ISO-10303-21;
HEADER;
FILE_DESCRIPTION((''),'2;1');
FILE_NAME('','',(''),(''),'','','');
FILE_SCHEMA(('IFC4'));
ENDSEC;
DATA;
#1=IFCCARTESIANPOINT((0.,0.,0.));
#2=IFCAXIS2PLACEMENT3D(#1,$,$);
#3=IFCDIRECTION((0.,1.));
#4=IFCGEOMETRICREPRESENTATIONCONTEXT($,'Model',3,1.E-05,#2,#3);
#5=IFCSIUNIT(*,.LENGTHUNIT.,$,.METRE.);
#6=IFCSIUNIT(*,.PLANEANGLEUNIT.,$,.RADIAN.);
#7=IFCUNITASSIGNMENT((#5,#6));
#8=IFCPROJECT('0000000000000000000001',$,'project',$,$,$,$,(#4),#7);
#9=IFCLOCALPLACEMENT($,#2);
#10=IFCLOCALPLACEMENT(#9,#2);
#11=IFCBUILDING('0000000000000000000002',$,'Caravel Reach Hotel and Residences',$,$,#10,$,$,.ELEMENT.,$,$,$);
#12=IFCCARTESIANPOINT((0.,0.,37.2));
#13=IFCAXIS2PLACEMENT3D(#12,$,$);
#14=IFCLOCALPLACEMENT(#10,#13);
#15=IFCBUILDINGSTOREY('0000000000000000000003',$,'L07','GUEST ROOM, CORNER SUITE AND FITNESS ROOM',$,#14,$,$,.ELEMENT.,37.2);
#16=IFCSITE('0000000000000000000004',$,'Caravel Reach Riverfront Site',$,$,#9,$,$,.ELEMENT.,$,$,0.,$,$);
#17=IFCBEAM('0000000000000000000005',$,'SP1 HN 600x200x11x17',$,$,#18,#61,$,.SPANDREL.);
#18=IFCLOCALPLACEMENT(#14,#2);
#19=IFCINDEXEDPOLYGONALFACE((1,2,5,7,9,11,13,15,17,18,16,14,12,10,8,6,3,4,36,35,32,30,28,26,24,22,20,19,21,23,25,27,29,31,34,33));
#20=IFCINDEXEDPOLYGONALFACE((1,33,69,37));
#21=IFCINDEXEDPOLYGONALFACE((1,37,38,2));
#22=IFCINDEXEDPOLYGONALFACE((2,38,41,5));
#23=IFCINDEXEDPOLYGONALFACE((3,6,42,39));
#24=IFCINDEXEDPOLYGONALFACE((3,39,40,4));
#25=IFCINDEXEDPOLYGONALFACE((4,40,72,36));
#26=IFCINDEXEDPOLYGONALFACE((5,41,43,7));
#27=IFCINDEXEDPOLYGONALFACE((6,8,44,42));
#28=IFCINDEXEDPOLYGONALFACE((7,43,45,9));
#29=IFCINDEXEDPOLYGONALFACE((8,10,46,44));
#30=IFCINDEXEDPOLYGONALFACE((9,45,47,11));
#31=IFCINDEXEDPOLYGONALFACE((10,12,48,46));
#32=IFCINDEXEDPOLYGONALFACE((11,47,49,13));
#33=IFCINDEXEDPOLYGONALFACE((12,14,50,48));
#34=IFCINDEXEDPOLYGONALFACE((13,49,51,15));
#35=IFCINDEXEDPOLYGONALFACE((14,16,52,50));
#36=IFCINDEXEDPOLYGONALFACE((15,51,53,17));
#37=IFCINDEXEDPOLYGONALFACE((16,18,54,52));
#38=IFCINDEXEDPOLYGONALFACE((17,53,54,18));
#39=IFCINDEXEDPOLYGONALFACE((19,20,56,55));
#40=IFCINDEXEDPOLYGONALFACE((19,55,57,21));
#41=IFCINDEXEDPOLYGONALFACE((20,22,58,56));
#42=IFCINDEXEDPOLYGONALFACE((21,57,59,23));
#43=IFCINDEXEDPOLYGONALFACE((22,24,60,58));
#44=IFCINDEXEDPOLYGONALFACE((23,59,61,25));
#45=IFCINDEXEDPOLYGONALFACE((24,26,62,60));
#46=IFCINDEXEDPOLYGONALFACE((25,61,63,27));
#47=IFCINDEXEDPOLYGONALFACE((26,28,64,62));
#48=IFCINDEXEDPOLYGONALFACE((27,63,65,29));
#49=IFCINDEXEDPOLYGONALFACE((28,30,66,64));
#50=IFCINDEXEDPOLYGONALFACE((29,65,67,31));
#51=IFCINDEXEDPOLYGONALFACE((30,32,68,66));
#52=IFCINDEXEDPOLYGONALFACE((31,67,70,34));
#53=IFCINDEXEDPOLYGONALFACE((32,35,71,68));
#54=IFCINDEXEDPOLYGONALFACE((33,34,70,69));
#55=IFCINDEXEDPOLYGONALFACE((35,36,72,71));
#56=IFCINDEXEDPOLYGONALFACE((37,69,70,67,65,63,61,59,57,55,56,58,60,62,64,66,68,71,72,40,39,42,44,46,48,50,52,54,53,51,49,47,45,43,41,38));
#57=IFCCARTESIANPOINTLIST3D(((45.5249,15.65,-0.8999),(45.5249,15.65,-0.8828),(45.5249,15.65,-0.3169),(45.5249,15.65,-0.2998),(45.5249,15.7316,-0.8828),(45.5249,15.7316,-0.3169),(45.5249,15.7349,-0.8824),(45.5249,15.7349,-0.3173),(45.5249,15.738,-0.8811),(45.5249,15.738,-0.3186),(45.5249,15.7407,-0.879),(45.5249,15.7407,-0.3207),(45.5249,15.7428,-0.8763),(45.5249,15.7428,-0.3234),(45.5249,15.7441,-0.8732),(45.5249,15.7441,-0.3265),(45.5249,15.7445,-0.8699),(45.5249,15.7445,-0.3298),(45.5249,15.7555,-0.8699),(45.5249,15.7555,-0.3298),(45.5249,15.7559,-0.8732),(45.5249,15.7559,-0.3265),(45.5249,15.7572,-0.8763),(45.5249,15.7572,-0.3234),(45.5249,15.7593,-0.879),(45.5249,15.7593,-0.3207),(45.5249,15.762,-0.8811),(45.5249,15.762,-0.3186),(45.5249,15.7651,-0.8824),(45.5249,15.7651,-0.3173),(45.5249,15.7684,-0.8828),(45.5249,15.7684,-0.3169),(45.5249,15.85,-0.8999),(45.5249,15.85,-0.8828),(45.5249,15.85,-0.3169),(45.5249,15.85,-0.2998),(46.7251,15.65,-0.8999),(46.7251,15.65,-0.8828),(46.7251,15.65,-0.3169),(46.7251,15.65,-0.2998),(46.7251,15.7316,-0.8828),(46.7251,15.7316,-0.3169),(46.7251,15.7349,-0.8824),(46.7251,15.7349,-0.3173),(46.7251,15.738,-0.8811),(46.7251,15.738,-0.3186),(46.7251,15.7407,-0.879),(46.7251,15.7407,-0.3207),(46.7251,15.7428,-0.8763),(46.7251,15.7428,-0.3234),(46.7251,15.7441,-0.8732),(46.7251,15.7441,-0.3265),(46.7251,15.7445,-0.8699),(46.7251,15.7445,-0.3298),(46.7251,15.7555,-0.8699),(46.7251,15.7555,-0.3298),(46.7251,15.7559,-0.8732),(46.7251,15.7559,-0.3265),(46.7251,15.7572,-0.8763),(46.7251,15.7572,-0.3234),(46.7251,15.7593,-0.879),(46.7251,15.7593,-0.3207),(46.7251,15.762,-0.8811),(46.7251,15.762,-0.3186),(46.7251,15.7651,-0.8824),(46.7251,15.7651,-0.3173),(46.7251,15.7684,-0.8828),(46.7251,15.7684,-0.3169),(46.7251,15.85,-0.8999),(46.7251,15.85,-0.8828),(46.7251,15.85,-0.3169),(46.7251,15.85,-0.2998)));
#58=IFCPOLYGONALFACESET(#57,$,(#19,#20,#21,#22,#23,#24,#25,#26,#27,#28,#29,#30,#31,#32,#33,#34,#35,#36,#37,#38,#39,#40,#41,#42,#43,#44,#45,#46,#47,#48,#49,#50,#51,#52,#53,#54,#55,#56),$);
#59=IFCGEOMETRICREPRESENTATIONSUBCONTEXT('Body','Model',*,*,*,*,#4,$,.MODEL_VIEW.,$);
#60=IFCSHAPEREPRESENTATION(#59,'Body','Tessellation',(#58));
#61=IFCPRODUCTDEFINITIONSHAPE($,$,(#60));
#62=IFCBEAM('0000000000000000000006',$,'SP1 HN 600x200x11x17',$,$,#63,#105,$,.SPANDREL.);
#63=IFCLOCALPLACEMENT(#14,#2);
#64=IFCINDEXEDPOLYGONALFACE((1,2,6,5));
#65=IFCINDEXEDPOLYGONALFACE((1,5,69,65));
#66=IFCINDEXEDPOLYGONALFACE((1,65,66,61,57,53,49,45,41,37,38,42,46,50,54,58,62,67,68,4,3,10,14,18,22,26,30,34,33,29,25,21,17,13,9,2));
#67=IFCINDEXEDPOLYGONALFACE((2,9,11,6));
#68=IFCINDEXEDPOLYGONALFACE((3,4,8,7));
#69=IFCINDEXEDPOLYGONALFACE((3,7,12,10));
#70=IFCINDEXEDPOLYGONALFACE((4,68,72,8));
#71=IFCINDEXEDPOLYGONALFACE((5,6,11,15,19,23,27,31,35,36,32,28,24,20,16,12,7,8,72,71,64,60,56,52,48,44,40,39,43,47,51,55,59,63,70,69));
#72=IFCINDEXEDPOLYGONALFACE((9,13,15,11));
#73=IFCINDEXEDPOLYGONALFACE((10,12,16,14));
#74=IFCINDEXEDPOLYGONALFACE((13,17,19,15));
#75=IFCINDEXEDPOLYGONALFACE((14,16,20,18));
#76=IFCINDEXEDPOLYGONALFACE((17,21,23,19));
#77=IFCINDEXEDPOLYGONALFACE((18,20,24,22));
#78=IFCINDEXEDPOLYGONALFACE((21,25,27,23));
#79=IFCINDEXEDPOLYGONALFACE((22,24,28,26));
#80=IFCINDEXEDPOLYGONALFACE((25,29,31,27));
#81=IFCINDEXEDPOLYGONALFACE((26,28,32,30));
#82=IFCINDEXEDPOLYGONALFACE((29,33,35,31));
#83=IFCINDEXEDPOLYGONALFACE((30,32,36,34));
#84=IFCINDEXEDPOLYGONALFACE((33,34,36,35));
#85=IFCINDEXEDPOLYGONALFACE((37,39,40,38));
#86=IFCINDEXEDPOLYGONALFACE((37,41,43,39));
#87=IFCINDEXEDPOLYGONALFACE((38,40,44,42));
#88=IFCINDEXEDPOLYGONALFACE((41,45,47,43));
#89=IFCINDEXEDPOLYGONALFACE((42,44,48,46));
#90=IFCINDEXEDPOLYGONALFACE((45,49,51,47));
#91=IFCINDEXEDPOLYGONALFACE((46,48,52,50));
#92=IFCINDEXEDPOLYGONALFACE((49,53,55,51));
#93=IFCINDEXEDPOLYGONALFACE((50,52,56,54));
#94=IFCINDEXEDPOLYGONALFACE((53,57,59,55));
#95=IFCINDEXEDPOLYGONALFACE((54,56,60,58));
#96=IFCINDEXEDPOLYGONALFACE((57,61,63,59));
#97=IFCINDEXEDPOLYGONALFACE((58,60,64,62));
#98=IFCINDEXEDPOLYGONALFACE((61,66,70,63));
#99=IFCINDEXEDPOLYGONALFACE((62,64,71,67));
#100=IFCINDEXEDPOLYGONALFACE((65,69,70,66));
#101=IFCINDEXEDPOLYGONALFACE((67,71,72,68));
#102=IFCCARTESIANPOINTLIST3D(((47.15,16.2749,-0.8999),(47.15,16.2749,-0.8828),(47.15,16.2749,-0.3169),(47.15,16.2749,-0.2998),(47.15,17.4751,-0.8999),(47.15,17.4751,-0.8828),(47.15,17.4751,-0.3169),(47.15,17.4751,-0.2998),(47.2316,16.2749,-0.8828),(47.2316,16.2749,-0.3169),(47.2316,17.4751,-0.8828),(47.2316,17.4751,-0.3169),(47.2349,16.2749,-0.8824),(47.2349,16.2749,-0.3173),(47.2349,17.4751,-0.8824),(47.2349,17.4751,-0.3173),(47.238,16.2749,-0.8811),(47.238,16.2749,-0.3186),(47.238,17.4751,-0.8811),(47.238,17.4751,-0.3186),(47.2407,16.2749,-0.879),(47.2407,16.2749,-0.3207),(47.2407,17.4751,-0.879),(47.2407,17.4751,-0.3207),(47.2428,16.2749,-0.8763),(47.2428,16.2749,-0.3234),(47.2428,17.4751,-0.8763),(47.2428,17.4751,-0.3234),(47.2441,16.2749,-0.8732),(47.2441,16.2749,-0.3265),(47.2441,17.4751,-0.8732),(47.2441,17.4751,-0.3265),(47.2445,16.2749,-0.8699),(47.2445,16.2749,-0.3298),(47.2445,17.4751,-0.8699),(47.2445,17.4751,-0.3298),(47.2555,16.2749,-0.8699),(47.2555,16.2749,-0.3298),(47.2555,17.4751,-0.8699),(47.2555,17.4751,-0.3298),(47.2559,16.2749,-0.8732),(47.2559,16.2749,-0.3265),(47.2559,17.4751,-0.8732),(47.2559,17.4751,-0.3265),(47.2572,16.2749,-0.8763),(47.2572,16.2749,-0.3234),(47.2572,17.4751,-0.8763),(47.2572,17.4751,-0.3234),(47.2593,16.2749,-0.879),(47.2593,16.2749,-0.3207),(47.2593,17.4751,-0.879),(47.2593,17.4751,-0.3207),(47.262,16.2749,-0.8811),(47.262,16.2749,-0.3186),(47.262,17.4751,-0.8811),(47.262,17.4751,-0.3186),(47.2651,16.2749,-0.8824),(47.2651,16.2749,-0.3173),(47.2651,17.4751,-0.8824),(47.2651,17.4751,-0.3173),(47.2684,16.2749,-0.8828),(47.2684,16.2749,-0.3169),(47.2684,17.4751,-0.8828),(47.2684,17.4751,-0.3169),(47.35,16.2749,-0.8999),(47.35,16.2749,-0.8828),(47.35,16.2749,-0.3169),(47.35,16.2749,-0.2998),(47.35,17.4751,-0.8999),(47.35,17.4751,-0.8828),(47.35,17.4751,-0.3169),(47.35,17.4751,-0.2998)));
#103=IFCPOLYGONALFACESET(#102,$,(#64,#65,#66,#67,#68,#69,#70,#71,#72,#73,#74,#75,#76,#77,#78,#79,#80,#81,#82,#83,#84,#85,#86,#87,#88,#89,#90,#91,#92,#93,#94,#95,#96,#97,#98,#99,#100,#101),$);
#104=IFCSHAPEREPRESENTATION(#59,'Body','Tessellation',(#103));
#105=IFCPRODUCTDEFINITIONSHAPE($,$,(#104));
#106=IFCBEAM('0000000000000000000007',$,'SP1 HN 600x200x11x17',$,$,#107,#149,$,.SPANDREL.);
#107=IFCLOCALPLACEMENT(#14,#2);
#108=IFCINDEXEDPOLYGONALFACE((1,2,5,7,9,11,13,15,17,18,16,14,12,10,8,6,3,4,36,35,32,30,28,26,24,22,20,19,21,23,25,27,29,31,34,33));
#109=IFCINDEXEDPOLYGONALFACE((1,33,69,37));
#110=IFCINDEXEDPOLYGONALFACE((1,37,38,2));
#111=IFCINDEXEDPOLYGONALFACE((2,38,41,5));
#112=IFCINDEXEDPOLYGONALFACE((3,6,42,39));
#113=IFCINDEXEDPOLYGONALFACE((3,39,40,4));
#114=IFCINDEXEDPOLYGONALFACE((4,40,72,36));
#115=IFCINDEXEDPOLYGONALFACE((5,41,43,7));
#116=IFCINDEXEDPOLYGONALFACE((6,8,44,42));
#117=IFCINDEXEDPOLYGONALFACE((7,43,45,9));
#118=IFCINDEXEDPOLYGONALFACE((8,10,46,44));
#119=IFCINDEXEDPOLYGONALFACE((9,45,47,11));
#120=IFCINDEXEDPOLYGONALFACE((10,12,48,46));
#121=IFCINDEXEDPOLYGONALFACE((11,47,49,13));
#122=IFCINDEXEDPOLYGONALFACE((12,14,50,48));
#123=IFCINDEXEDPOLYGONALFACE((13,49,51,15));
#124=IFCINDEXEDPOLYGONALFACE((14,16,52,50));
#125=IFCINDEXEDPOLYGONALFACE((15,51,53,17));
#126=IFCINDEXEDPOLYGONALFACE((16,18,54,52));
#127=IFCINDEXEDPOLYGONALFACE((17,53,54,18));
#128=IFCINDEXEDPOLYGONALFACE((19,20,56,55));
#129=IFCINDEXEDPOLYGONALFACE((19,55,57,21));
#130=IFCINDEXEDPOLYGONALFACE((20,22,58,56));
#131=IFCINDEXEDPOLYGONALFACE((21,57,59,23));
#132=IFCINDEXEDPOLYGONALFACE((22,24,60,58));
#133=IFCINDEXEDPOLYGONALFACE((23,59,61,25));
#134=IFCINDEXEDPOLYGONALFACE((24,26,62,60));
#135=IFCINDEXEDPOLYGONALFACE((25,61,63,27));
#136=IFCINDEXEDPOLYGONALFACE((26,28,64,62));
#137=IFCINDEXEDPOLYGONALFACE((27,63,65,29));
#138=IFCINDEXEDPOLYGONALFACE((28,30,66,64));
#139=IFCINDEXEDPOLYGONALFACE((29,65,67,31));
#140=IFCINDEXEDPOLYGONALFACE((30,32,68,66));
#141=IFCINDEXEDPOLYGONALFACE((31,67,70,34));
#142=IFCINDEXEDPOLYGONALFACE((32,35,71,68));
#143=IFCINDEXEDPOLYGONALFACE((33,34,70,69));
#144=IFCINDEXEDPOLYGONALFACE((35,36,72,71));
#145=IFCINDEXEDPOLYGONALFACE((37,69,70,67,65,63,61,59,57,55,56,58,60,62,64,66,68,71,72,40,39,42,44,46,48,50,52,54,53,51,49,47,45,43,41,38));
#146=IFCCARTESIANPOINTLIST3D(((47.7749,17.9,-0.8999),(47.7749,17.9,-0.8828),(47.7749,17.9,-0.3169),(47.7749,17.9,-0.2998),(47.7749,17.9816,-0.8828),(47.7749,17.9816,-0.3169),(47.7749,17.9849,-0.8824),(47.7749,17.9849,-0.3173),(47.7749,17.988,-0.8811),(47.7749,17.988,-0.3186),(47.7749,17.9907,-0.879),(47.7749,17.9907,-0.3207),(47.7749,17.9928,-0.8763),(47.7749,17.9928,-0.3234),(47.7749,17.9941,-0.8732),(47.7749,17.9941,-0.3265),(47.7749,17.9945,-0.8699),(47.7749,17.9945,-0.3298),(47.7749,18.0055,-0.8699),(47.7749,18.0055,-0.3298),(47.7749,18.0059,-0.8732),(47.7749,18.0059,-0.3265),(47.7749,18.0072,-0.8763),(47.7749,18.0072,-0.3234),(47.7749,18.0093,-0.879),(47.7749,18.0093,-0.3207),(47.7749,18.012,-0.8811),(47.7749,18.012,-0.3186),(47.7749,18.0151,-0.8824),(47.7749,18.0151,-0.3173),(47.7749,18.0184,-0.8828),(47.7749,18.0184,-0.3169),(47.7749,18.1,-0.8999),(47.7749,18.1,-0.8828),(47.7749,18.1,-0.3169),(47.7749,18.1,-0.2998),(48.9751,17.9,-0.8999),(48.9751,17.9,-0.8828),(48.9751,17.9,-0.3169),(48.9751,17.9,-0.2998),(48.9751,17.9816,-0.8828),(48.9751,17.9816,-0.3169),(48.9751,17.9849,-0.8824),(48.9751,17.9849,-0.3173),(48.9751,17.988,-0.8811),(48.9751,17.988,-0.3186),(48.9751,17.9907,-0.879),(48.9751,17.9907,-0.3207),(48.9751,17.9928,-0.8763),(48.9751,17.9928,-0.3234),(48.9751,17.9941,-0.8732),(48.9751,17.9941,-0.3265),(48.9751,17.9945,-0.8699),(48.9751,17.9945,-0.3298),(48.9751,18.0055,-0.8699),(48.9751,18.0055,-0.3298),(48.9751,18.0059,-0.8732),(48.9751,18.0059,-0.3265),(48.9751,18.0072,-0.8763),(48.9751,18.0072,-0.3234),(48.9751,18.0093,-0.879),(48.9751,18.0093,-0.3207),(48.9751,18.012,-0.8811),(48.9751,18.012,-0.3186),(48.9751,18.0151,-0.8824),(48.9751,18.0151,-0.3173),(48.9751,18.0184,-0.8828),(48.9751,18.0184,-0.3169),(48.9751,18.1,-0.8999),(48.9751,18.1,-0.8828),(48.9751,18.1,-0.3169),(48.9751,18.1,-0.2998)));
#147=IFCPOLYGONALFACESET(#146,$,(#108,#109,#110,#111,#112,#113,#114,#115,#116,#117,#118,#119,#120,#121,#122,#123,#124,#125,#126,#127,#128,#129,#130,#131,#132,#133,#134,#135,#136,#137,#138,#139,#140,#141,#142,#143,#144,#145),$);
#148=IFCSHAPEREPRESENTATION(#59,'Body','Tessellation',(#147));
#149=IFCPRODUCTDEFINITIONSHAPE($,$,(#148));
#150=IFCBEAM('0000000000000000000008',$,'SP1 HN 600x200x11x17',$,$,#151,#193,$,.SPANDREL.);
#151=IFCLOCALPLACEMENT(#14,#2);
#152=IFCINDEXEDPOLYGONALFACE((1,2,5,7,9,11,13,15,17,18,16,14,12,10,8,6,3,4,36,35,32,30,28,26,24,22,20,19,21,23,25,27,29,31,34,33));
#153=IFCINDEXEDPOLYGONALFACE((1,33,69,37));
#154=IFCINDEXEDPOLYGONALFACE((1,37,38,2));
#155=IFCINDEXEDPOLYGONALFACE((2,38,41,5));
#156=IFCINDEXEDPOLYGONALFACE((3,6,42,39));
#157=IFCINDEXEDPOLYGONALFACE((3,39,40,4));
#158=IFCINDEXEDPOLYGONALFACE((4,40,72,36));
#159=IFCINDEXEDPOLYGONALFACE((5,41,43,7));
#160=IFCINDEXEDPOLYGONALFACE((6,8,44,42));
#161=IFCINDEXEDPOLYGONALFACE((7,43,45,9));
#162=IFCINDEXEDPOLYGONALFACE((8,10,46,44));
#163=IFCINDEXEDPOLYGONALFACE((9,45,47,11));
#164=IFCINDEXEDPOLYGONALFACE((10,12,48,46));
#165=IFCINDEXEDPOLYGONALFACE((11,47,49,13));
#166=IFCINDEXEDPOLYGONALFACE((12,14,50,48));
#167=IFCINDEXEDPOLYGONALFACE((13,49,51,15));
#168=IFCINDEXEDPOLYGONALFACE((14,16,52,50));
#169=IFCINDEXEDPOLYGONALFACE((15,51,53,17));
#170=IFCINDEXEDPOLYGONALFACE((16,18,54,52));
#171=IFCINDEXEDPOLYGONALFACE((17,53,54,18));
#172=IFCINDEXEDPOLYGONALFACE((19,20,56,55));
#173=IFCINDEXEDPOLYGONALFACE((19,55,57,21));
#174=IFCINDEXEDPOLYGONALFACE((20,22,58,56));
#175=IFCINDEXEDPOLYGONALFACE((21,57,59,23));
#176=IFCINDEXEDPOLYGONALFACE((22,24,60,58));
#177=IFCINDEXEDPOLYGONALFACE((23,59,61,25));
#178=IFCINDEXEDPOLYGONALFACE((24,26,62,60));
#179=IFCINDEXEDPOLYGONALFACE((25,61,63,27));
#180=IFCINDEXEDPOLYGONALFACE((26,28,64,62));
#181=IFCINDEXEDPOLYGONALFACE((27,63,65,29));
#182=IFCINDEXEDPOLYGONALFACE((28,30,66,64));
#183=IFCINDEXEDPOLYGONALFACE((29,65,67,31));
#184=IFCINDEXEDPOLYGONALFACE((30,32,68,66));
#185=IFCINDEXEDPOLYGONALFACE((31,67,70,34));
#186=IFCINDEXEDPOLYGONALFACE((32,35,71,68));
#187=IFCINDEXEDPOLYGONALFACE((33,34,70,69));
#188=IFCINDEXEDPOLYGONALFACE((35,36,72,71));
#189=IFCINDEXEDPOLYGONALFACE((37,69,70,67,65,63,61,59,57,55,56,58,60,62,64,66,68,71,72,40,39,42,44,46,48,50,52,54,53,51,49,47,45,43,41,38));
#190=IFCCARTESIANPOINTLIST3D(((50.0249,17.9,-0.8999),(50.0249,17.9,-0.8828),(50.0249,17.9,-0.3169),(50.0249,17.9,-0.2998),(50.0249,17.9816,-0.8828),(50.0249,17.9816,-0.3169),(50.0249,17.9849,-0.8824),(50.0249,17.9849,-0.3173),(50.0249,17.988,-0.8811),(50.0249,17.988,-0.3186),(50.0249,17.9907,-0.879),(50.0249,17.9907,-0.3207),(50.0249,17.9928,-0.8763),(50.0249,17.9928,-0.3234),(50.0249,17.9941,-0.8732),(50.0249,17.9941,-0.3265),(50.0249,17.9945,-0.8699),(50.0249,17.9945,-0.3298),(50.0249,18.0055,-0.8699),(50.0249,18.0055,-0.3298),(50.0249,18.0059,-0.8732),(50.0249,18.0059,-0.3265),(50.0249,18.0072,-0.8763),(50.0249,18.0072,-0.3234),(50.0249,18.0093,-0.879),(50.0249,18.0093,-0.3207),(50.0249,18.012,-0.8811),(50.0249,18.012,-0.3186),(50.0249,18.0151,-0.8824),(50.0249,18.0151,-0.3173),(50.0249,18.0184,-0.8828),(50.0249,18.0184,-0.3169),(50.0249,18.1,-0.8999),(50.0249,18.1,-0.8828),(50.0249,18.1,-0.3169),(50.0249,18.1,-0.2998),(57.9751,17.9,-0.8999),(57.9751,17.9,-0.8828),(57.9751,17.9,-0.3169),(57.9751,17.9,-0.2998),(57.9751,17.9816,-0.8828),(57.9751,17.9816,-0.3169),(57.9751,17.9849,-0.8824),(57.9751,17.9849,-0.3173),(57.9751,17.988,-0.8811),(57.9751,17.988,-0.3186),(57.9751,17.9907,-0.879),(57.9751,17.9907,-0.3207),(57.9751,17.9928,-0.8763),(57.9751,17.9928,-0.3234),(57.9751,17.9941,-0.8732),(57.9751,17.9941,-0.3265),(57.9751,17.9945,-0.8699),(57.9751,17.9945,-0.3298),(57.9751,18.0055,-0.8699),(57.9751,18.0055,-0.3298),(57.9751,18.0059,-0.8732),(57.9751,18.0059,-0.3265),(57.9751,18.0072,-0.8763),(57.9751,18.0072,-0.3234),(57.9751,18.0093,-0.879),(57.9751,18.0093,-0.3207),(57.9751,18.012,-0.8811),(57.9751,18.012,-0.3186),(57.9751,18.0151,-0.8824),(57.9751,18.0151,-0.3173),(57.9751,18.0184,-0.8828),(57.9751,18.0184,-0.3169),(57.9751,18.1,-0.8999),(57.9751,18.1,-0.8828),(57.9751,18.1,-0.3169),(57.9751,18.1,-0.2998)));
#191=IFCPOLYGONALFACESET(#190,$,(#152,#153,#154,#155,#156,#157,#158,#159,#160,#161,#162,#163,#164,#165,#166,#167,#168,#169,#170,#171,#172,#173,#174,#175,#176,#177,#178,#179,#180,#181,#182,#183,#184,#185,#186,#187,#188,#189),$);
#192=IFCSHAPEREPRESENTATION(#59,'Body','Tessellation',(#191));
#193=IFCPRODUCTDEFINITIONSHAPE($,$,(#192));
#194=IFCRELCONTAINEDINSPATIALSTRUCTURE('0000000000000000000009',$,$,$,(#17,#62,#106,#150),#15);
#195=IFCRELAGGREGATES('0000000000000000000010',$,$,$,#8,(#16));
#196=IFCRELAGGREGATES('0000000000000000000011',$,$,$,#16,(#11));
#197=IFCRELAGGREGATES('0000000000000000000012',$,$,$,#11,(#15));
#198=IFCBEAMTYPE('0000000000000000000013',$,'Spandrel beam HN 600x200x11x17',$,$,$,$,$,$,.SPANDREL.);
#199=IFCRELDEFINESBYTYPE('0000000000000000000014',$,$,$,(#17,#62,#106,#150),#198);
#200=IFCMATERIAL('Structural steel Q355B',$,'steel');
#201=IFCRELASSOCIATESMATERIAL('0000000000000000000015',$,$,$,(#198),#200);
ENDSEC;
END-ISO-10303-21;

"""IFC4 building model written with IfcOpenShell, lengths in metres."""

from ifc_helpers import new_model, si_unit, direction, frame, origin, origin_2d, place, context, subcontext, project, spatial, i_section, extrude, material, material_profile, profile_set, type_object, element, save


model = new_model("IFC4")

# Units and contexts
model_context = context("Model", 3, precision=1e-05, world=origin(), true_north=direction((0.0, 1.0)))
body_context = subcontext(model_context, "Body", "Model", "MODEL_VIEW")
ifc_project = project(units=[si_unit("LENGTHUNIT", "METRE"), si_unit("PLANEANGLEUNIT", "RADIAN")], contexts=[model_context])

# Site, building, storey
site_placement = place(None, origin())
site = spatial("IfcSite", under=ifc_project, at=site_placement, Name="Caravel Reach Riverfront Site", CompositionType="ELEMENT", RefElevation=0.0)
building_placement = place(site_placement, origin())
building = spatial("IfcBuilding", under=site, at=building_placement, Name="Caravel Reach Hotel and Residences", CompositionType="ELEMENT")
storey_placement = place(building_placement, frame((0.0, 0.0, 37.2)))
storey = spatial("IfcBuildingStorey", under=building, at=storey_placement, Name="L07", Description="GUEST ROOM, CORNER SUITE AND FITNESS ROOM", CompositionType="ELEMENT", Elevation=37.2)

# Beams
ifc_material_1 = material(Name="Structural steel Q355B", Category="steel")
ifc_material_profile_1 = material_profile(ifc_material_1, i_section(OverallWidth=0.2, OverallDepth=0.6001, WebThickness=0.011, FlangeThickness=0.0171, FilletRadius=0.0129, at=origin_2d()), Name="HN 600x200x11x17")
ifc_profile_set_1 = profile_set([ifc_material_profile_1], Name="Structural steel Q355B")
beam_type_1 = type_object("IfcBeamType", Name="Spandrel beam HN 600x200x11x17", PredefinedType="SPANDREL", material=ifc_profile_set_1)
for number, where, z_axis, x_axis, name in (
    (1, (45.5249, 15.75, -0.5999), (1.0, 0.0, 0.0), (0.0, 1.0, 0.0), "SP1 HN 600x200x11x17"),
    (2, (47.25, 16.2749, -0.5999), (0.0, 1.0, 0.0), (-1.0, 0.0, 0.0), "SP1 HN 600x200x11x17"),
    (3, (47.7749, 18.0, -0.5999), (1.0, 0.0, 0.0), (0.0, 1.0, 0.0), "SP1 HN 600x200x11x17"),
):
    element("IfcBeam", number, at=place(storey_placement, frame(where, z_axis=z_axis, x_axis=x_axis)), inside=storey, type_object=beam_type_1, Name=name, PredefinedType="SPANDREL", context=body_context, shape_type="SweptSolid", body=[
        extrude(i_section(OverallWidth=0.2, OverallDepth=0.6001, WebThickness=0.011, FlangeThickness=0.0171, FilletRadius=0.0129, at=origin_2d()), origin(), (0.0, 0.0, 1.0), 1.2002),
    ])
beam_1_placement = place(storey_placement, frame((50.0249, 18.0, -0.5999), z_axis=(1.0, 0.0, 0.0), x_axis=(0.0, 1.0, 0.0)))
element("IfcBeam", 4, at=beam_1_placement, inside=storey, type_object=beam_type_1, Name="SP1 HN 600x200x11x17", PredefinedType="SPANDREL", context=body_context, shape_type="SweptSolid", body=[
    extrude(i_section(OverallWidth=0.2, OverallDepth=0.6001, WebThickness=0.011, FlangeThickness=0.0171, FilletRadius=0.0129, at=origin_2d()), origin(), (0.0, 0.0, 1.0), 7.9502),
])

save(model, "model.ifc")
